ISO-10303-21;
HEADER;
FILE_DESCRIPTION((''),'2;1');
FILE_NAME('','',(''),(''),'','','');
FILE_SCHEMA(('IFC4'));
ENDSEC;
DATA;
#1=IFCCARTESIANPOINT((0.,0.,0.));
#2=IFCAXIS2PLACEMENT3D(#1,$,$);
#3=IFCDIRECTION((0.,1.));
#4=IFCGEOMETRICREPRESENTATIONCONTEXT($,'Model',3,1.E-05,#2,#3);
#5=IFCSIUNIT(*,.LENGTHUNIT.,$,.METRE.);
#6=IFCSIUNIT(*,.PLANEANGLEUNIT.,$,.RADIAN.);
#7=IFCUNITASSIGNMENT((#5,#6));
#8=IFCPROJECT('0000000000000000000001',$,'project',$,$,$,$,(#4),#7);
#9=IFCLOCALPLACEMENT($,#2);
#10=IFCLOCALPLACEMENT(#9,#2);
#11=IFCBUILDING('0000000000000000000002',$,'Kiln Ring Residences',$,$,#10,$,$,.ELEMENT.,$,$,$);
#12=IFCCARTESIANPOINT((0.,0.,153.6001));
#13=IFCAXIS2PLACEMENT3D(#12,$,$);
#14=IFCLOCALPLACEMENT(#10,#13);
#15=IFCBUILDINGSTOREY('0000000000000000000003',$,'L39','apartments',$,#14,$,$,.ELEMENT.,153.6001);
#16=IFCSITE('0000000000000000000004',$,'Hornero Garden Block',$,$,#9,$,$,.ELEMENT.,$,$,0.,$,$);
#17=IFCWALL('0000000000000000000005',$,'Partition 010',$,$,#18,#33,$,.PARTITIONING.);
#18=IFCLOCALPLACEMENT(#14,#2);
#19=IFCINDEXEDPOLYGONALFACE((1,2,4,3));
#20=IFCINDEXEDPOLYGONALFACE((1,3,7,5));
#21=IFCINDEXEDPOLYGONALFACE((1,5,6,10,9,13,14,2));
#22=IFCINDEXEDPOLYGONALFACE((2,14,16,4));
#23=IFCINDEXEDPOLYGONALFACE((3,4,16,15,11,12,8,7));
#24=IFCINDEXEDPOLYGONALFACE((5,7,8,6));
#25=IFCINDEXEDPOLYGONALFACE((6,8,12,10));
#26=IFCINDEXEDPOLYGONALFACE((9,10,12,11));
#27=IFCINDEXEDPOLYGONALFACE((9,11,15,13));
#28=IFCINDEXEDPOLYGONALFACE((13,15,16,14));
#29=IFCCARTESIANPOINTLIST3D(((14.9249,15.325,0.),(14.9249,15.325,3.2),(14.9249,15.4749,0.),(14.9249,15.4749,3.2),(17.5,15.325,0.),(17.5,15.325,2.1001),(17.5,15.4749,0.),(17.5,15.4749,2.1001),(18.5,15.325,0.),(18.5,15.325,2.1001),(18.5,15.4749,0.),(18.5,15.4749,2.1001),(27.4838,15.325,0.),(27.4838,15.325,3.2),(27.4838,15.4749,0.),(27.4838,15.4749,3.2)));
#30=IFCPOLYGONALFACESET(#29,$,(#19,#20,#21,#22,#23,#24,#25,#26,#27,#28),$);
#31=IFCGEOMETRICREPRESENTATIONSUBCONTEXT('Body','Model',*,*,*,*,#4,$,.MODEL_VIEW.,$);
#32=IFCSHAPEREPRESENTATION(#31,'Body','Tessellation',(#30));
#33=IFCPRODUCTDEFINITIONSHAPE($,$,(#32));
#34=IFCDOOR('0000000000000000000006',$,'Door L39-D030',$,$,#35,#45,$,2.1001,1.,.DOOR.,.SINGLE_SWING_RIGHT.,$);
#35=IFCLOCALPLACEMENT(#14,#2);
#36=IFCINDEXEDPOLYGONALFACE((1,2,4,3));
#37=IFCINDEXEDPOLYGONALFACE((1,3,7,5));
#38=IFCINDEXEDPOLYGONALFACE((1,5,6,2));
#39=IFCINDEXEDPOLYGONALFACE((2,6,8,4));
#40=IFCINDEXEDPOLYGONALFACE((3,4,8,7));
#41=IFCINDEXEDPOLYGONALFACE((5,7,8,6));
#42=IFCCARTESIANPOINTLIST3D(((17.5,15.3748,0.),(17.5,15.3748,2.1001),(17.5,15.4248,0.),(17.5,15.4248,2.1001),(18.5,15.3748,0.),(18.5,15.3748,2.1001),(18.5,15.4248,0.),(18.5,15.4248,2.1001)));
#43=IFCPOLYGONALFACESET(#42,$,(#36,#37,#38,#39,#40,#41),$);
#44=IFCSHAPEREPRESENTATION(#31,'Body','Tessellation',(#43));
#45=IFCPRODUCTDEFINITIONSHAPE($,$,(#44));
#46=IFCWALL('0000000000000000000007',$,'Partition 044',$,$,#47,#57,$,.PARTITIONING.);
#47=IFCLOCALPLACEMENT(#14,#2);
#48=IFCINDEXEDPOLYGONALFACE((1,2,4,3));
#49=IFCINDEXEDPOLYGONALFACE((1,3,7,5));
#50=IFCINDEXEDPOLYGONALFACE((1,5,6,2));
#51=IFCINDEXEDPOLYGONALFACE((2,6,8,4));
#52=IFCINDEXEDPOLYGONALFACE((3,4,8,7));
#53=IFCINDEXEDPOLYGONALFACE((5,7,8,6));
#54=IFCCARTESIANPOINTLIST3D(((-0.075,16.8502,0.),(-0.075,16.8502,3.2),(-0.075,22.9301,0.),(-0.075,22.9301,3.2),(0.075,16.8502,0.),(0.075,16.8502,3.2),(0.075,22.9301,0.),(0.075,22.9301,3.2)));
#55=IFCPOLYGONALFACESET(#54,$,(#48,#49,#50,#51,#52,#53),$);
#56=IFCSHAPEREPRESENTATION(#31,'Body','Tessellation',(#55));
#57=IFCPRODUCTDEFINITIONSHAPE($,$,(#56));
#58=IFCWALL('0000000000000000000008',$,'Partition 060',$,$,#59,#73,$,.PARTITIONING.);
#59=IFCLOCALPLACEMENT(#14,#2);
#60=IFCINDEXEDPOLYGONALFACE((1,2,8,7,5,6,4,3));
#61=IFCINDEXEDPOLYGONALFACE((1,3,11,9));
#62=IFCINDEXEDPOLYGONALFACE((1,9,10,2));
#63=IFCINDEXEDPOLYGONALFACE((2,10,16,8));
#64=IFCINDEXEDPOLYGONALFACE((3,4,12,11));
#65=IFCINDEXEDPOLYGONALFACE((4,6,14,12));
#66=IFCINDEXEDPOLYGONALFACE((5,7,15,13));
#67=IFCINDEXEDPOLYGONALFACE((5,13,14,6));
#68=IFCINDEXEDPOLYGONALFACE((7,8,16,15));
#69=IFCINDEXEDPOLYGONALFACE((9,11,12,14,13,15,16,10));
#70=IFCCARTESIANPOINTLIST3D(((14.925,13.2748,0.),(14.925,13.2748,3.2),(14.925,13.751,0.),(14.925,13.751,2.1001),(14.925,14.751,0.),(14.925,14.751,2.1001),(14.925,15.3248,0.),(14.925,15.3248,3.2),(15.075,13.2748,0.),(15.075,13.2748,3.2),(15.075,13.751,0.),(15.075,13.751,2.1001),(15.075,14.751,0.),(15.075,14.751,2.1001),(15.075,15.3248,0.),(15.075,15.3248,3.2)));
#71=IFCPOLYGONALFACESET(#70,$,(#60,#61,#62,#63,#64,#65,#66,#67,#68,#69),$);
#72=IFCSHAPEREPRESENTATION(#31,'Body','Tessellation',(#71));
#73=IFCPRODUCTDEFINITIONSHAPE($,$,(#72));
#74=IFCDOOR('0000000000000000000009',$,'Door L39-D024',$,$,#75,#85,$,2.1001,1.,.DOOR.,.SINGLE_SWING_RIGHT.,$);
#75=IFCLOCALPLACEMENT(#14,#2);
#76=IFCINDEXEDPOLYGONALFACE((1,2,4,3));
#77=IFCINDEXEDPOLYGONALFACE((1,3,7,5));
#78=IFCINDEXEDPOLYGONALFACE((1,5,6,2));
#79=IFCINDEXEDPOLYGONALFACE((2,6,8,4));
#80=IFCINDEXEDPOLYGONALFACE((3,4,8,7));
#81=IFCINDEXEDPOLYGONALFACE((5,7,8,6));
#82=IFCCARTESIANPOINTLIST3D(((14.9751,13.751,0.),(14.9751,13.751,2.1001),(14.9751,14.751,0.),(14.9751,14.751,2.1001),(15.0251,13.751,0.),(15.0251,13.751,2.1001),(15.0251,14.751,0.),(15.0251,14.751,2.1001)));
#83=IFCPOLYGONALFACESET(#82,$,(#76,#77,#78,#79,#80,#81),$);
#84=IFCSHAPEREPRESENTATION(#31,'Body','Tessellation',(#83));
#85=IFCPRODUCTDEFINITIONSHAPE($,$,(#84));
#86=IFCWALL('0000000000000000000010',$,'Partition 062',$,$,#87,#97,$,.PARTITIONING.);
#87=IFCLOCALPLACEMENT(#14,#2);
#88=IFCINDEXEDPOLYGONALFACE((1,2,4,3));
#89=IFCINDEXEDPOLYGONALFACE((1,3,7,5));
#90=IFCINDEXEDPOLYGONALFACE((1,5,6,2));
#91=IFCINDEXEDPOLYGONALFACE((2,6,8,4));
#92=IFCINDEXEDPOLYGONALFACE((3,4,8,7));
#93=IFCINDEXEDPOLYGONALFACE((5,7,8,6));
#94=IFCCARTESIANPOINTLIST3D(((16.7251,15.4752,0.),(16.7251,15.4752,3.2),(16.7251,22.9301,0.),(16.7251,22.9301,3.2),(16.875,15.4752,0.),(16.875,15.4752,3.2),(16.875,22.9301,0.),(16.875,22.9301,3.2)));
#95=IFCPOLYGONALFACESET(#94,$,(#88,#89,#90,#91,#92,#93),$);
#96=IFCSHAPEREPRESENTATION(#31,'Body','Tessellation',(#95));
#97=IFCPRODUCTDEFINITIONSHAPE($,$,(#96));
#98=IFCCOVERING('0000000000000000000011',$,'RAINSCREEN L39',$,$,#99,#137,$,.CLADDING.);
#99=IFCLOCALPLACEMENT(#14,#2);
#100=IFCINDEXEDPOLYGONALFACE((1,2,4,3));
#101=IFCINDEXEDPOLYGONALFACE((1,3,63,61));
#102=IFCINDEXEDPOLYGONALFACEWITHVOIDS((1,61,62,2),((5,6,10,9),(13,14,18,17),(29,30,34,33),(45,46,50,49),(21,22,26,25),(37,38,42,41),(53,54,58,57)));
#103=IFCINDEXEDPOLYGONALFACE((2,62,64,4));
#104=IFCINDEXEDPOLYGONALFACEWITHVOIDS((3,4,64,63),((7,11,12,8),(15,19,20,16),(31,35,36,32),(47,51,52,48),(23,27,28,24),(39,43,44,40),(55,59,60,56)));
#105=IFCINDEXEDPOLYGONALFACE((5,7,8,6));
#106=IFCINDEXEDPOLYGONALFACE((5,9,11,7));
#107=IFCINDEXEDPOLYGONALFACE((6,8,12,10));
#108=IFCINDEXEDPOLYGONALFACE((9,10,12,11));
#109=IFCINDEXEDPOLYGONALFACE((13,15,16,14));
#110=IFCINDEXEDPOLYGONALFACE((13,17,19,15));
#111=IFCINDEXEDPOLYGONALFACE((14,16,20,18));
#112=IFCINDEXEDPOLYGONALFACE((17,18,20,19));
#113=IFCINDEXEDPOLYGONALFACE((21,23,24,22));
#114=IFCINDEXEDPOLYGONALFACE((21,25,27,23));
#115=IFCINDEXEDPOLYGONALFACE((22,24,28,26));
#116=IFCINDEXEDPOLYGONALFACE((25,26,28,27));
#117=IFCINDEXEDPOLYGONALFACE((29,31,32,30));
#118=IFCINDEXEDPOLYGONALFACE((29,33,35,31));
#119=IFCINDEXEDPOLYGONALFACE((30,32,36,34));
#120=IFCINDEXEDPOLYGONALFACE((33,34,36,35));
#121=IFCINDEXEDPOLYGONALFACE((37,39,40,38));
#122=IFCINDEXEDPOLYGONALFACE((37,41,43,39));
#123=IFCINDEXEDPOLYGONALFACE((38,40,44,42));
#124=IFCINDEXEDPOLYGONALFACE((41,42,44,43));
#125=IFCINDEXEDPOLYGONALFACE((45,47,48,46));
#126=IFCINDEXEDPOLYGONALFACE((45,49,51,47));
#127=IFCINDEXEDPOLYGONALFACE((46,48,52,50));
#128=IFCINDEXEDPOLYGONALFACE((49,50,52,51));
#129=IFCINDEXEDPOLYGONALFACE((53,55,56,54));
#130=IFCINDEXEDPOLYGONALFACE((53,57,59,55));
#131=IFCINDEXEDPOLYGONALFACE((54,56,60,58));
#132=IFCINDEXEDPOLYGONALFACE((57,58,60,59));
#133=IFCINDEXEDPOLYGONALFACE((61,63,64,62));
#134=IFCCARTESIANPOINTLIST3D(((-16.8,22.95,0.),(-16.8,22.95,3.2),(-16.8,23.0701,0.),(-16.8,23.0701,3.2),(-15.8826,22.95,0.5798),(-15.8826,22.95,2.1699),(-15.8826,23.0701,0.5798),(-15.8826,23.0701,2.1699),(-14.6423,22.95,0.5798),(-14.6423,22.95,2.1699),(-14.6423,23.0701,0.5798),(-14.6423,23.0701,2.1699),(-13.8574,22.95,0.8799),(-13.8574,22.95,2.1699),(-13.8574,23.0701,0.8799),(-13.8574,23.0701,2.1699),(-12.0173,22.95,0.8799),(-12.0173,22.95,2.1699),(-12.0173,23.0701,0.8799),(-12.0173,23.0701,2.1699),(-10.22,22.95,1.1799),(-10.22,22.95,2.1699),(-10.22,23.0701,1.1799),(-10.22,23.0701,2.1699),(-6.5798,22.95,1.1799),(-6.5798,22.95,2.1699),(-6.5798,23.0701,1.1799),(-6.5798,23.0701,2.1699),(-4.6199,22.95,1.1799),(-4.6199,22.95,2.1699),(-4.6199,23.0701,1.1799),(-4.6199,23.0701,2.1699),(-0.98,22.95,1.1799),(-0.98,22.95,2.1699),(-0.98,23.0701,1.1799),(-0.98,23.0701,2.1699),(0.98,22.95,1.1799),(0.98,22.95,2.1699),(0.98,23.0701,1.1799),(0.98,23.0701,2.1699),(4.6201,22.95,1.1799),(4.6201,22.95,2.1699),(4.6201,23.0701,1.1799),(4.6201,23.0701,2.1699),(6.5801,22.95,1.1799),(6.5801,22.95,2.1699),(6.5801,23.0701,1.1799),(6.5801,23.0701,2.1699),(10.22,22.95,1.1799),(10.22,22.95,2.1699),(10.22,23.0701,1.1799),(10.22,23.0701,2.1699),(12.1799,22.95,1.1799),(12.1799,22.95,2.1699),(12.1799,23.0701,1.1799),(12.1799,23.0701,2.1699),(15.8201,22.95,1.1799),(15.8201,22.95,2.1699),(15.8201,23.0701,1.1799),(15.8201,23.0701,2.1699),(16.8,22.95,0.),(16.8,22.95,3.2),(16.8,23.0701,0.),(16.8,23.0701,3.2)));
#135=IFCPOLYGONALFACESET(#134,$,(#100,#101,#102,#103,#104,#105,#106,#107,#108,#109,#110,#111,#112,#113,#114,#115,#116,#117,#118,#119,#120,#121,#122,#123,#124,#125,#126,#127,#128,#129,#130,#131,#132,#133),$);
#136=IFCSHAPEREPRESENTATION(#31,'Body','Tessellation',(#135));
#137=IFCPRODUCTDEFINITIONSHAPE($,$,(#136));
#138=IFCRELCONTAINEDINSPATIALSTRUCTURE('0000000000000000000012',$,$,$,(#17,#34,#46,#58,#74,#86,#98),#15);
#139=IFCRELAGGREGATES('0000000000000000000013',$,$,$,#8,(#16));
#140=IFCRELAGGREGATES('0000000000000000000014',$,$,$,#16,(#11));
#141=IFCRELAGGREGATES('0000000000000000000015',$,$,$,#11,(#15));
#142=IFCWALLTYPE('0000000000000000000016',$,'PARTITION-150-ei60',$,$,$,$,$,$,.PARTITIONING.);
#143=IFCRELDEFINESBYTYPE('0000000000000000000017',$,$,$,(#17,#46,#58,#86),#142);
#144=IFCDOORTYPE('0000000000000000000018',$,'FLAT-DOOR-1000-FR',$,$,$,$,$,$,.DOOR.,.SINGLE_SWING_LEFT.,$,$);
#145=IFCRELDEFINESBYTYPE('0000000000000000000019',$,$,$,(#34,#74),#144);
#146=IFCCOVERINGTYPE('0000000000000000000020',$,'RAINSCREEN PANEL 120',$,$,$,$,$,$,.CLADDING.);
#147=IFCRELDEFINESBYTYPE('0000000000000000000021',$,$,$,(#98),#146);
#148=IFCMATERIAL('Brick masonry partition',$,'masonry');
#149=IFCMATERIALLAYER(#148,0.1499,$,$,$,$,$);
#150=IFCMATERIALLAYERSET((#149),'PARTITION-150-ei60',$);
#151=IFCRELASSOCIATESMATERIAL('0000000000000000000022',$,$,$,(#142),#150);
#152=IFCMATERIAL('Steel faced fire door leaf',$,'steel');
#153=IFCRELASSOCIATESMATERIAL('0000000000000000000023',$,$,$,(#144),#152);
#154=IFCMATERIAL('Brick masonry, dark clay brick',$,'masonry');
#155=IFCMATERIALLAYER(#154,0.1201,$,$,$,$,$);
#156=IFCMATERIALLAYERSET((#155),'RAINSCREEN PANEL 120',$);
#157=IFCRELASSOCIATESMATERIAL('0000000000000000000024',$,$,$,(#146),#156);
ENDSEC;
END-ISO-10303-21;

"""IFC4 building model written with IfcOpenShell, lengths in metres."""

from ifc_helpers import new_model, si_unit, direction, frame, frame_2d, origin, place, context, subcontext, project, spatial, polyline, rectangle, outline, extrude, material, layer, layer_set, type_object, element, fill, save


model = new_model("IFC4")

# Units and contexts
model_context = context("Model", 3, precision=1e-05, world=origin(), true_north=direction((0.0, 1.0)))
body_context = subcontext(model_context, "Body", "Model", "MODEL_VIEW")
ifc_project = project(units=[si_unit("LENGTHUNIT", "METRE"), si_unit("PLANEANGLEUNIT", "RADIAN")], contexts=[model_context])

# Site, building, storey
site_placement = place(None, origin())
site = spatial("IfcSite", under=ifc_project, at=site_placement, Name="Hornero Garden Block", CompositionType="ELEMENT", RefElevation=0.0)
building_placement = place(site_placement, origin())
building = spatial("IfcBuilding", under=site, at=building_placement, Name="Kiln Ring Residences", CompositionType="ELEMENT")
storey_placement = place(building_placement, frame((0.0, 0.0, 153.6001)))
storey = spatial("IfcBuildingStorey", under=building, at=storey_placement, Name="L39", Description="apartments", CompositionType="ELEMENT", Elevation=153.6001)

# Wall, opening, door
ifc_material_1 = material(Name="Brick masonry partition", Category="masonry")
ifc_layer_1 = layer(ifc_material_1, 0.1499)
ifc_layer_set_1 = layer_set([ifc_layer_1], Name="PARTITION-150-ei60")
wall_type_1 = type_object("IfcWallType", Name="PARTITION-150-ei60", PredefinedType="PARTITIONING", material=ifc_layer_set_1)
wall_1_placement = place(storey_placement, frame((14.925, 15.3999, 0.0), z_axis=(0.0, 0.0, 1.0), x_axis=(1.0, 0.0, 0.0)))
wall_1 = element("IfcWall", 1, at=wall_1_placement, inside=storey, type_object=wall_type_1, Name="Partition 010", PredefinedType="PARTITIONING", context=body_context, shape_type="SweptSolid", body=[
    extrude(rectangle(XDim=12.5588, YDim=0.1499, at=frame_2d((6.2793, 0.0))), origin(), (0.0, 0.0, 1.0), 3.2),
])
opening_1_placement = place(wall_1_placement, frame((2.575, 0.0, 0.0)))
opening_1 = element("IfcOpeningElement", 2, at=opening_1_placement, cuts=wall_1, PredefinedType="OPENING", context=body_context, shape_type="SweptSolid", body=[
    extrude(rectangle(XDim=1.0, YDim=2.1001, at=frame_2d((0.5, 1.05))), frame((0.0, 0.085, 0.0), z_axis=(0.0, -1.0, 0.0), x_axis=(1.0, 0.0, 0.0)), (0.0, 0.0, 1.0), 0.1699),
])
ifc_material_2 = material(Name="Steel faced fire door leaf", Category="steel")
door_type_1 = type_object("IfcDoorType", Name="FLAT-DOOR-1000-FR", OperationType="SINGLE_SWING_LEFT", PredefinedType="DOOR", material=ifc_material_2)
door_1_placement = place(opening_1_placement, origin())
door_1 = element("IfcDoor", 3, at=door_1_placement, inside=storey, type_object=door_type_1, Name="Door L39-D030", OperationType="SINGLE_SWING_RIGHT", OverallHeight=2.1001, OverallWidth=1.0, PredefinedType="DOOR", context=body_context, shape_type="SweptSolid", body=[
    extrude(rectangle(XDim=1.0, YDim=2.1001, at=frame_2d((0.5, 1.05))), frame((0.0, 0.0249, 0.0), z_axis=(0.0, -1.0, 0.0), x_axis=(1.0, 0.0, 0.0)), (0.0, 0.0, 1.0), 0.05),
])
fill(opening_1, door_1)

# Wall
wall_2_placement = place(storey_placement, frame((0.0, 16.8501, 0.0), z_axis=(0.0, 0.0, 1.0), x_axis=(0.0, 1.0, 0.0)))
element("IfcWall", 4, at=wall_2_placement, inside=storey, type_object=wall_type_1, Name="Partition 044", PredefinedType="PARTITIONING", context=body_context, shape_type="SweptSolid", body=[
    extrude(rectangle(XDim=6.0798, YDim=0.1499, at=frame_2d((3.04, 0.0))), origin(), (0.0, 0.0, 1.0), 3.2),
])

# Wall, opening, door
wall_3_placement = place(storey_placement, frame((15.0, 13.2749, 0.0), z_axis=(0.0, 0.0, 1.0), x_axis=(0.0, 1.0, 0.0)))
wall_3 = element("IfcWall", 5, at=wall_3_placement, inside=storey, type_object=wall_type_1, Name="Partition 060", PredefinedType="PARTITIONING", context=body_context, shape_type="SweptSolid", body=[
    extrude(rectangle(XDim=2.05, YDim=0.1499, at=frame_2d((1.0249, 0.0))), origin(), (0.0, 0.0, 1.0), 3.2),
])
opening_2_placement = place(wall_3_placement, frame((0.4761, 0.0, 0.0)))
opening_2 = element("IfcOpeningElement", 6, at=opening_2_placement, cuts=wall_3, PredefinedType="OPENING", context=body_context, shape_type="SweptSolid", body=[
    extrude(rectangle(XDim=1.0, YDim=2.1001, at=frame_2d((0.5, 1.05))), frame((0.0, 0.085, 0.0), z_axis=(0.0, -1.0, 0.0), x_axis=(1.0, 0.0, 0.0)), (0.0, 0.0, 1.0), 0.1699),
])
door_2_placement = place(opening_2_placement, origin())
door_2 = element("IfcDoor", 7, at=door_2_placement, inside=storey, type_object=door_type_1, Name="Door L39-D024", OperationType="SINGLE_SWING_RIGHT", OverallHeight=2.1001, OverallWidth=1.0, PredefinedType="DOOR", context=body_context, shape_type="SweptSolid", body=[
    extrude(rectangle(XDim=1.0, YDim=2.1001, at=frame_2d((0.5, 1.05))), frame((0.0, 0.0249, 0.0), z_axis=(0.0, -1.0, 0.0), x_axis=(1.0, 0.0, 0.0)), (0.0, 0.0, 1.0), 0.05),
])
fill(opening_2, door_2)

# Wall
wall_4_placement = place(storey_placement, frame((16.8, 15.4751, 0.0), z_axis=(0.0, 0.0, 1.0), x_axis=(0.0, 1.0, 0.0)))
element("IfcWall", 8, at=wall_4_placement, inside=storey, type_object=wall_type_1, Name="Partition 062", PredefinedType="PARTITIONING", context=body_context, shape_type="SweptSolid", body=[
    extrude(rectangle(XDim=7.4548, YDim=0.1499, at=frame_2d((3.7275, 0.0))), origin(), (0.0, 0.0, 1.0), 3.2),
])

# Covering
ifc_material_3 = material(Name="Brick masonry, dark clay brick", Category="masonry")
ifc_layer_2 = layer(ifc_material_3, 0.1201)
ifc_layer_set_2 = layer_set([ifc_layer_2], Name="RAINSCREEN PANEL 120")
covering_type = type_object("IfcCoveringType", Name="RAINSCREEN PANEL 120", PredefinedType="CLADDING", material=ifc_layer_set_2)
covering_placement = place(storey_placement, frame((16.8, 23.01, 0.0), z_axis=(0.0, 0.0, 1.0), x_axis=(-1.0, 0.0, 0.0)))
element("IfcCovering", 9, at=covering_placement, inside=storey, type_object=covering_type, Name="RAINSCREEN L39", PredefinedType="CLADDING", context=body_context, shape_type="SweptSolid", body=[
    extrude(outline(polyline([(0.0, 0.0), (33.6001, 0.0), (33.6001, 3.2), (0.0, 3.2), (0.0, 0.0)]), holes=[polyline([(32.6826, 0.5798), (32.6826, 2.1699), (31.4424, 2.1699), (31.4424, 0.5798), (32.6826, 0.5798)]), polyline([(28.8174, 0.8799), (30.6575, 0.8799), (30.6575, 2.1699), (28.8174, 2.1699), (28.8174, 0.8799)]), polyline([(0.98, 1.1799), (4.6201, 1.1799), (4.6201, 2.1699), (0.98, 2.1699), (0.98, 1.1799)]), polyline([(6.5801, 1.1799), (10.22, 1.1799), (10.22, 2.1699), (6.5801, 2.1699), (6.5801, 1.1799)]), polyline([(12.1799, 1.1799), (15.8201, 1.1799), (15.8201, 2.1699), (12.1799, 2.1699), (12.1799, 1.1799)]), polyline([(17.78, 1.1799), (21.4199, 1.1799), (21.4199, 2.1699), (17.78, 2.1699), (17.78, 1.1799)]), polyline([(23.3799, 1.1799), (27.02, 1.1799), (27.02, 2.1699), (23.3799, 2.1699), (23.3799, 1.1799)])]), frame((0.0, 0.0601, 0.0), z_axis=(0.0, -1.0, 0.0), x_axis=(1.0, 0.0, 0.0)), (0.0, 0.0, 1.0), 0.1201),
])

save(model, "model.ifc")
